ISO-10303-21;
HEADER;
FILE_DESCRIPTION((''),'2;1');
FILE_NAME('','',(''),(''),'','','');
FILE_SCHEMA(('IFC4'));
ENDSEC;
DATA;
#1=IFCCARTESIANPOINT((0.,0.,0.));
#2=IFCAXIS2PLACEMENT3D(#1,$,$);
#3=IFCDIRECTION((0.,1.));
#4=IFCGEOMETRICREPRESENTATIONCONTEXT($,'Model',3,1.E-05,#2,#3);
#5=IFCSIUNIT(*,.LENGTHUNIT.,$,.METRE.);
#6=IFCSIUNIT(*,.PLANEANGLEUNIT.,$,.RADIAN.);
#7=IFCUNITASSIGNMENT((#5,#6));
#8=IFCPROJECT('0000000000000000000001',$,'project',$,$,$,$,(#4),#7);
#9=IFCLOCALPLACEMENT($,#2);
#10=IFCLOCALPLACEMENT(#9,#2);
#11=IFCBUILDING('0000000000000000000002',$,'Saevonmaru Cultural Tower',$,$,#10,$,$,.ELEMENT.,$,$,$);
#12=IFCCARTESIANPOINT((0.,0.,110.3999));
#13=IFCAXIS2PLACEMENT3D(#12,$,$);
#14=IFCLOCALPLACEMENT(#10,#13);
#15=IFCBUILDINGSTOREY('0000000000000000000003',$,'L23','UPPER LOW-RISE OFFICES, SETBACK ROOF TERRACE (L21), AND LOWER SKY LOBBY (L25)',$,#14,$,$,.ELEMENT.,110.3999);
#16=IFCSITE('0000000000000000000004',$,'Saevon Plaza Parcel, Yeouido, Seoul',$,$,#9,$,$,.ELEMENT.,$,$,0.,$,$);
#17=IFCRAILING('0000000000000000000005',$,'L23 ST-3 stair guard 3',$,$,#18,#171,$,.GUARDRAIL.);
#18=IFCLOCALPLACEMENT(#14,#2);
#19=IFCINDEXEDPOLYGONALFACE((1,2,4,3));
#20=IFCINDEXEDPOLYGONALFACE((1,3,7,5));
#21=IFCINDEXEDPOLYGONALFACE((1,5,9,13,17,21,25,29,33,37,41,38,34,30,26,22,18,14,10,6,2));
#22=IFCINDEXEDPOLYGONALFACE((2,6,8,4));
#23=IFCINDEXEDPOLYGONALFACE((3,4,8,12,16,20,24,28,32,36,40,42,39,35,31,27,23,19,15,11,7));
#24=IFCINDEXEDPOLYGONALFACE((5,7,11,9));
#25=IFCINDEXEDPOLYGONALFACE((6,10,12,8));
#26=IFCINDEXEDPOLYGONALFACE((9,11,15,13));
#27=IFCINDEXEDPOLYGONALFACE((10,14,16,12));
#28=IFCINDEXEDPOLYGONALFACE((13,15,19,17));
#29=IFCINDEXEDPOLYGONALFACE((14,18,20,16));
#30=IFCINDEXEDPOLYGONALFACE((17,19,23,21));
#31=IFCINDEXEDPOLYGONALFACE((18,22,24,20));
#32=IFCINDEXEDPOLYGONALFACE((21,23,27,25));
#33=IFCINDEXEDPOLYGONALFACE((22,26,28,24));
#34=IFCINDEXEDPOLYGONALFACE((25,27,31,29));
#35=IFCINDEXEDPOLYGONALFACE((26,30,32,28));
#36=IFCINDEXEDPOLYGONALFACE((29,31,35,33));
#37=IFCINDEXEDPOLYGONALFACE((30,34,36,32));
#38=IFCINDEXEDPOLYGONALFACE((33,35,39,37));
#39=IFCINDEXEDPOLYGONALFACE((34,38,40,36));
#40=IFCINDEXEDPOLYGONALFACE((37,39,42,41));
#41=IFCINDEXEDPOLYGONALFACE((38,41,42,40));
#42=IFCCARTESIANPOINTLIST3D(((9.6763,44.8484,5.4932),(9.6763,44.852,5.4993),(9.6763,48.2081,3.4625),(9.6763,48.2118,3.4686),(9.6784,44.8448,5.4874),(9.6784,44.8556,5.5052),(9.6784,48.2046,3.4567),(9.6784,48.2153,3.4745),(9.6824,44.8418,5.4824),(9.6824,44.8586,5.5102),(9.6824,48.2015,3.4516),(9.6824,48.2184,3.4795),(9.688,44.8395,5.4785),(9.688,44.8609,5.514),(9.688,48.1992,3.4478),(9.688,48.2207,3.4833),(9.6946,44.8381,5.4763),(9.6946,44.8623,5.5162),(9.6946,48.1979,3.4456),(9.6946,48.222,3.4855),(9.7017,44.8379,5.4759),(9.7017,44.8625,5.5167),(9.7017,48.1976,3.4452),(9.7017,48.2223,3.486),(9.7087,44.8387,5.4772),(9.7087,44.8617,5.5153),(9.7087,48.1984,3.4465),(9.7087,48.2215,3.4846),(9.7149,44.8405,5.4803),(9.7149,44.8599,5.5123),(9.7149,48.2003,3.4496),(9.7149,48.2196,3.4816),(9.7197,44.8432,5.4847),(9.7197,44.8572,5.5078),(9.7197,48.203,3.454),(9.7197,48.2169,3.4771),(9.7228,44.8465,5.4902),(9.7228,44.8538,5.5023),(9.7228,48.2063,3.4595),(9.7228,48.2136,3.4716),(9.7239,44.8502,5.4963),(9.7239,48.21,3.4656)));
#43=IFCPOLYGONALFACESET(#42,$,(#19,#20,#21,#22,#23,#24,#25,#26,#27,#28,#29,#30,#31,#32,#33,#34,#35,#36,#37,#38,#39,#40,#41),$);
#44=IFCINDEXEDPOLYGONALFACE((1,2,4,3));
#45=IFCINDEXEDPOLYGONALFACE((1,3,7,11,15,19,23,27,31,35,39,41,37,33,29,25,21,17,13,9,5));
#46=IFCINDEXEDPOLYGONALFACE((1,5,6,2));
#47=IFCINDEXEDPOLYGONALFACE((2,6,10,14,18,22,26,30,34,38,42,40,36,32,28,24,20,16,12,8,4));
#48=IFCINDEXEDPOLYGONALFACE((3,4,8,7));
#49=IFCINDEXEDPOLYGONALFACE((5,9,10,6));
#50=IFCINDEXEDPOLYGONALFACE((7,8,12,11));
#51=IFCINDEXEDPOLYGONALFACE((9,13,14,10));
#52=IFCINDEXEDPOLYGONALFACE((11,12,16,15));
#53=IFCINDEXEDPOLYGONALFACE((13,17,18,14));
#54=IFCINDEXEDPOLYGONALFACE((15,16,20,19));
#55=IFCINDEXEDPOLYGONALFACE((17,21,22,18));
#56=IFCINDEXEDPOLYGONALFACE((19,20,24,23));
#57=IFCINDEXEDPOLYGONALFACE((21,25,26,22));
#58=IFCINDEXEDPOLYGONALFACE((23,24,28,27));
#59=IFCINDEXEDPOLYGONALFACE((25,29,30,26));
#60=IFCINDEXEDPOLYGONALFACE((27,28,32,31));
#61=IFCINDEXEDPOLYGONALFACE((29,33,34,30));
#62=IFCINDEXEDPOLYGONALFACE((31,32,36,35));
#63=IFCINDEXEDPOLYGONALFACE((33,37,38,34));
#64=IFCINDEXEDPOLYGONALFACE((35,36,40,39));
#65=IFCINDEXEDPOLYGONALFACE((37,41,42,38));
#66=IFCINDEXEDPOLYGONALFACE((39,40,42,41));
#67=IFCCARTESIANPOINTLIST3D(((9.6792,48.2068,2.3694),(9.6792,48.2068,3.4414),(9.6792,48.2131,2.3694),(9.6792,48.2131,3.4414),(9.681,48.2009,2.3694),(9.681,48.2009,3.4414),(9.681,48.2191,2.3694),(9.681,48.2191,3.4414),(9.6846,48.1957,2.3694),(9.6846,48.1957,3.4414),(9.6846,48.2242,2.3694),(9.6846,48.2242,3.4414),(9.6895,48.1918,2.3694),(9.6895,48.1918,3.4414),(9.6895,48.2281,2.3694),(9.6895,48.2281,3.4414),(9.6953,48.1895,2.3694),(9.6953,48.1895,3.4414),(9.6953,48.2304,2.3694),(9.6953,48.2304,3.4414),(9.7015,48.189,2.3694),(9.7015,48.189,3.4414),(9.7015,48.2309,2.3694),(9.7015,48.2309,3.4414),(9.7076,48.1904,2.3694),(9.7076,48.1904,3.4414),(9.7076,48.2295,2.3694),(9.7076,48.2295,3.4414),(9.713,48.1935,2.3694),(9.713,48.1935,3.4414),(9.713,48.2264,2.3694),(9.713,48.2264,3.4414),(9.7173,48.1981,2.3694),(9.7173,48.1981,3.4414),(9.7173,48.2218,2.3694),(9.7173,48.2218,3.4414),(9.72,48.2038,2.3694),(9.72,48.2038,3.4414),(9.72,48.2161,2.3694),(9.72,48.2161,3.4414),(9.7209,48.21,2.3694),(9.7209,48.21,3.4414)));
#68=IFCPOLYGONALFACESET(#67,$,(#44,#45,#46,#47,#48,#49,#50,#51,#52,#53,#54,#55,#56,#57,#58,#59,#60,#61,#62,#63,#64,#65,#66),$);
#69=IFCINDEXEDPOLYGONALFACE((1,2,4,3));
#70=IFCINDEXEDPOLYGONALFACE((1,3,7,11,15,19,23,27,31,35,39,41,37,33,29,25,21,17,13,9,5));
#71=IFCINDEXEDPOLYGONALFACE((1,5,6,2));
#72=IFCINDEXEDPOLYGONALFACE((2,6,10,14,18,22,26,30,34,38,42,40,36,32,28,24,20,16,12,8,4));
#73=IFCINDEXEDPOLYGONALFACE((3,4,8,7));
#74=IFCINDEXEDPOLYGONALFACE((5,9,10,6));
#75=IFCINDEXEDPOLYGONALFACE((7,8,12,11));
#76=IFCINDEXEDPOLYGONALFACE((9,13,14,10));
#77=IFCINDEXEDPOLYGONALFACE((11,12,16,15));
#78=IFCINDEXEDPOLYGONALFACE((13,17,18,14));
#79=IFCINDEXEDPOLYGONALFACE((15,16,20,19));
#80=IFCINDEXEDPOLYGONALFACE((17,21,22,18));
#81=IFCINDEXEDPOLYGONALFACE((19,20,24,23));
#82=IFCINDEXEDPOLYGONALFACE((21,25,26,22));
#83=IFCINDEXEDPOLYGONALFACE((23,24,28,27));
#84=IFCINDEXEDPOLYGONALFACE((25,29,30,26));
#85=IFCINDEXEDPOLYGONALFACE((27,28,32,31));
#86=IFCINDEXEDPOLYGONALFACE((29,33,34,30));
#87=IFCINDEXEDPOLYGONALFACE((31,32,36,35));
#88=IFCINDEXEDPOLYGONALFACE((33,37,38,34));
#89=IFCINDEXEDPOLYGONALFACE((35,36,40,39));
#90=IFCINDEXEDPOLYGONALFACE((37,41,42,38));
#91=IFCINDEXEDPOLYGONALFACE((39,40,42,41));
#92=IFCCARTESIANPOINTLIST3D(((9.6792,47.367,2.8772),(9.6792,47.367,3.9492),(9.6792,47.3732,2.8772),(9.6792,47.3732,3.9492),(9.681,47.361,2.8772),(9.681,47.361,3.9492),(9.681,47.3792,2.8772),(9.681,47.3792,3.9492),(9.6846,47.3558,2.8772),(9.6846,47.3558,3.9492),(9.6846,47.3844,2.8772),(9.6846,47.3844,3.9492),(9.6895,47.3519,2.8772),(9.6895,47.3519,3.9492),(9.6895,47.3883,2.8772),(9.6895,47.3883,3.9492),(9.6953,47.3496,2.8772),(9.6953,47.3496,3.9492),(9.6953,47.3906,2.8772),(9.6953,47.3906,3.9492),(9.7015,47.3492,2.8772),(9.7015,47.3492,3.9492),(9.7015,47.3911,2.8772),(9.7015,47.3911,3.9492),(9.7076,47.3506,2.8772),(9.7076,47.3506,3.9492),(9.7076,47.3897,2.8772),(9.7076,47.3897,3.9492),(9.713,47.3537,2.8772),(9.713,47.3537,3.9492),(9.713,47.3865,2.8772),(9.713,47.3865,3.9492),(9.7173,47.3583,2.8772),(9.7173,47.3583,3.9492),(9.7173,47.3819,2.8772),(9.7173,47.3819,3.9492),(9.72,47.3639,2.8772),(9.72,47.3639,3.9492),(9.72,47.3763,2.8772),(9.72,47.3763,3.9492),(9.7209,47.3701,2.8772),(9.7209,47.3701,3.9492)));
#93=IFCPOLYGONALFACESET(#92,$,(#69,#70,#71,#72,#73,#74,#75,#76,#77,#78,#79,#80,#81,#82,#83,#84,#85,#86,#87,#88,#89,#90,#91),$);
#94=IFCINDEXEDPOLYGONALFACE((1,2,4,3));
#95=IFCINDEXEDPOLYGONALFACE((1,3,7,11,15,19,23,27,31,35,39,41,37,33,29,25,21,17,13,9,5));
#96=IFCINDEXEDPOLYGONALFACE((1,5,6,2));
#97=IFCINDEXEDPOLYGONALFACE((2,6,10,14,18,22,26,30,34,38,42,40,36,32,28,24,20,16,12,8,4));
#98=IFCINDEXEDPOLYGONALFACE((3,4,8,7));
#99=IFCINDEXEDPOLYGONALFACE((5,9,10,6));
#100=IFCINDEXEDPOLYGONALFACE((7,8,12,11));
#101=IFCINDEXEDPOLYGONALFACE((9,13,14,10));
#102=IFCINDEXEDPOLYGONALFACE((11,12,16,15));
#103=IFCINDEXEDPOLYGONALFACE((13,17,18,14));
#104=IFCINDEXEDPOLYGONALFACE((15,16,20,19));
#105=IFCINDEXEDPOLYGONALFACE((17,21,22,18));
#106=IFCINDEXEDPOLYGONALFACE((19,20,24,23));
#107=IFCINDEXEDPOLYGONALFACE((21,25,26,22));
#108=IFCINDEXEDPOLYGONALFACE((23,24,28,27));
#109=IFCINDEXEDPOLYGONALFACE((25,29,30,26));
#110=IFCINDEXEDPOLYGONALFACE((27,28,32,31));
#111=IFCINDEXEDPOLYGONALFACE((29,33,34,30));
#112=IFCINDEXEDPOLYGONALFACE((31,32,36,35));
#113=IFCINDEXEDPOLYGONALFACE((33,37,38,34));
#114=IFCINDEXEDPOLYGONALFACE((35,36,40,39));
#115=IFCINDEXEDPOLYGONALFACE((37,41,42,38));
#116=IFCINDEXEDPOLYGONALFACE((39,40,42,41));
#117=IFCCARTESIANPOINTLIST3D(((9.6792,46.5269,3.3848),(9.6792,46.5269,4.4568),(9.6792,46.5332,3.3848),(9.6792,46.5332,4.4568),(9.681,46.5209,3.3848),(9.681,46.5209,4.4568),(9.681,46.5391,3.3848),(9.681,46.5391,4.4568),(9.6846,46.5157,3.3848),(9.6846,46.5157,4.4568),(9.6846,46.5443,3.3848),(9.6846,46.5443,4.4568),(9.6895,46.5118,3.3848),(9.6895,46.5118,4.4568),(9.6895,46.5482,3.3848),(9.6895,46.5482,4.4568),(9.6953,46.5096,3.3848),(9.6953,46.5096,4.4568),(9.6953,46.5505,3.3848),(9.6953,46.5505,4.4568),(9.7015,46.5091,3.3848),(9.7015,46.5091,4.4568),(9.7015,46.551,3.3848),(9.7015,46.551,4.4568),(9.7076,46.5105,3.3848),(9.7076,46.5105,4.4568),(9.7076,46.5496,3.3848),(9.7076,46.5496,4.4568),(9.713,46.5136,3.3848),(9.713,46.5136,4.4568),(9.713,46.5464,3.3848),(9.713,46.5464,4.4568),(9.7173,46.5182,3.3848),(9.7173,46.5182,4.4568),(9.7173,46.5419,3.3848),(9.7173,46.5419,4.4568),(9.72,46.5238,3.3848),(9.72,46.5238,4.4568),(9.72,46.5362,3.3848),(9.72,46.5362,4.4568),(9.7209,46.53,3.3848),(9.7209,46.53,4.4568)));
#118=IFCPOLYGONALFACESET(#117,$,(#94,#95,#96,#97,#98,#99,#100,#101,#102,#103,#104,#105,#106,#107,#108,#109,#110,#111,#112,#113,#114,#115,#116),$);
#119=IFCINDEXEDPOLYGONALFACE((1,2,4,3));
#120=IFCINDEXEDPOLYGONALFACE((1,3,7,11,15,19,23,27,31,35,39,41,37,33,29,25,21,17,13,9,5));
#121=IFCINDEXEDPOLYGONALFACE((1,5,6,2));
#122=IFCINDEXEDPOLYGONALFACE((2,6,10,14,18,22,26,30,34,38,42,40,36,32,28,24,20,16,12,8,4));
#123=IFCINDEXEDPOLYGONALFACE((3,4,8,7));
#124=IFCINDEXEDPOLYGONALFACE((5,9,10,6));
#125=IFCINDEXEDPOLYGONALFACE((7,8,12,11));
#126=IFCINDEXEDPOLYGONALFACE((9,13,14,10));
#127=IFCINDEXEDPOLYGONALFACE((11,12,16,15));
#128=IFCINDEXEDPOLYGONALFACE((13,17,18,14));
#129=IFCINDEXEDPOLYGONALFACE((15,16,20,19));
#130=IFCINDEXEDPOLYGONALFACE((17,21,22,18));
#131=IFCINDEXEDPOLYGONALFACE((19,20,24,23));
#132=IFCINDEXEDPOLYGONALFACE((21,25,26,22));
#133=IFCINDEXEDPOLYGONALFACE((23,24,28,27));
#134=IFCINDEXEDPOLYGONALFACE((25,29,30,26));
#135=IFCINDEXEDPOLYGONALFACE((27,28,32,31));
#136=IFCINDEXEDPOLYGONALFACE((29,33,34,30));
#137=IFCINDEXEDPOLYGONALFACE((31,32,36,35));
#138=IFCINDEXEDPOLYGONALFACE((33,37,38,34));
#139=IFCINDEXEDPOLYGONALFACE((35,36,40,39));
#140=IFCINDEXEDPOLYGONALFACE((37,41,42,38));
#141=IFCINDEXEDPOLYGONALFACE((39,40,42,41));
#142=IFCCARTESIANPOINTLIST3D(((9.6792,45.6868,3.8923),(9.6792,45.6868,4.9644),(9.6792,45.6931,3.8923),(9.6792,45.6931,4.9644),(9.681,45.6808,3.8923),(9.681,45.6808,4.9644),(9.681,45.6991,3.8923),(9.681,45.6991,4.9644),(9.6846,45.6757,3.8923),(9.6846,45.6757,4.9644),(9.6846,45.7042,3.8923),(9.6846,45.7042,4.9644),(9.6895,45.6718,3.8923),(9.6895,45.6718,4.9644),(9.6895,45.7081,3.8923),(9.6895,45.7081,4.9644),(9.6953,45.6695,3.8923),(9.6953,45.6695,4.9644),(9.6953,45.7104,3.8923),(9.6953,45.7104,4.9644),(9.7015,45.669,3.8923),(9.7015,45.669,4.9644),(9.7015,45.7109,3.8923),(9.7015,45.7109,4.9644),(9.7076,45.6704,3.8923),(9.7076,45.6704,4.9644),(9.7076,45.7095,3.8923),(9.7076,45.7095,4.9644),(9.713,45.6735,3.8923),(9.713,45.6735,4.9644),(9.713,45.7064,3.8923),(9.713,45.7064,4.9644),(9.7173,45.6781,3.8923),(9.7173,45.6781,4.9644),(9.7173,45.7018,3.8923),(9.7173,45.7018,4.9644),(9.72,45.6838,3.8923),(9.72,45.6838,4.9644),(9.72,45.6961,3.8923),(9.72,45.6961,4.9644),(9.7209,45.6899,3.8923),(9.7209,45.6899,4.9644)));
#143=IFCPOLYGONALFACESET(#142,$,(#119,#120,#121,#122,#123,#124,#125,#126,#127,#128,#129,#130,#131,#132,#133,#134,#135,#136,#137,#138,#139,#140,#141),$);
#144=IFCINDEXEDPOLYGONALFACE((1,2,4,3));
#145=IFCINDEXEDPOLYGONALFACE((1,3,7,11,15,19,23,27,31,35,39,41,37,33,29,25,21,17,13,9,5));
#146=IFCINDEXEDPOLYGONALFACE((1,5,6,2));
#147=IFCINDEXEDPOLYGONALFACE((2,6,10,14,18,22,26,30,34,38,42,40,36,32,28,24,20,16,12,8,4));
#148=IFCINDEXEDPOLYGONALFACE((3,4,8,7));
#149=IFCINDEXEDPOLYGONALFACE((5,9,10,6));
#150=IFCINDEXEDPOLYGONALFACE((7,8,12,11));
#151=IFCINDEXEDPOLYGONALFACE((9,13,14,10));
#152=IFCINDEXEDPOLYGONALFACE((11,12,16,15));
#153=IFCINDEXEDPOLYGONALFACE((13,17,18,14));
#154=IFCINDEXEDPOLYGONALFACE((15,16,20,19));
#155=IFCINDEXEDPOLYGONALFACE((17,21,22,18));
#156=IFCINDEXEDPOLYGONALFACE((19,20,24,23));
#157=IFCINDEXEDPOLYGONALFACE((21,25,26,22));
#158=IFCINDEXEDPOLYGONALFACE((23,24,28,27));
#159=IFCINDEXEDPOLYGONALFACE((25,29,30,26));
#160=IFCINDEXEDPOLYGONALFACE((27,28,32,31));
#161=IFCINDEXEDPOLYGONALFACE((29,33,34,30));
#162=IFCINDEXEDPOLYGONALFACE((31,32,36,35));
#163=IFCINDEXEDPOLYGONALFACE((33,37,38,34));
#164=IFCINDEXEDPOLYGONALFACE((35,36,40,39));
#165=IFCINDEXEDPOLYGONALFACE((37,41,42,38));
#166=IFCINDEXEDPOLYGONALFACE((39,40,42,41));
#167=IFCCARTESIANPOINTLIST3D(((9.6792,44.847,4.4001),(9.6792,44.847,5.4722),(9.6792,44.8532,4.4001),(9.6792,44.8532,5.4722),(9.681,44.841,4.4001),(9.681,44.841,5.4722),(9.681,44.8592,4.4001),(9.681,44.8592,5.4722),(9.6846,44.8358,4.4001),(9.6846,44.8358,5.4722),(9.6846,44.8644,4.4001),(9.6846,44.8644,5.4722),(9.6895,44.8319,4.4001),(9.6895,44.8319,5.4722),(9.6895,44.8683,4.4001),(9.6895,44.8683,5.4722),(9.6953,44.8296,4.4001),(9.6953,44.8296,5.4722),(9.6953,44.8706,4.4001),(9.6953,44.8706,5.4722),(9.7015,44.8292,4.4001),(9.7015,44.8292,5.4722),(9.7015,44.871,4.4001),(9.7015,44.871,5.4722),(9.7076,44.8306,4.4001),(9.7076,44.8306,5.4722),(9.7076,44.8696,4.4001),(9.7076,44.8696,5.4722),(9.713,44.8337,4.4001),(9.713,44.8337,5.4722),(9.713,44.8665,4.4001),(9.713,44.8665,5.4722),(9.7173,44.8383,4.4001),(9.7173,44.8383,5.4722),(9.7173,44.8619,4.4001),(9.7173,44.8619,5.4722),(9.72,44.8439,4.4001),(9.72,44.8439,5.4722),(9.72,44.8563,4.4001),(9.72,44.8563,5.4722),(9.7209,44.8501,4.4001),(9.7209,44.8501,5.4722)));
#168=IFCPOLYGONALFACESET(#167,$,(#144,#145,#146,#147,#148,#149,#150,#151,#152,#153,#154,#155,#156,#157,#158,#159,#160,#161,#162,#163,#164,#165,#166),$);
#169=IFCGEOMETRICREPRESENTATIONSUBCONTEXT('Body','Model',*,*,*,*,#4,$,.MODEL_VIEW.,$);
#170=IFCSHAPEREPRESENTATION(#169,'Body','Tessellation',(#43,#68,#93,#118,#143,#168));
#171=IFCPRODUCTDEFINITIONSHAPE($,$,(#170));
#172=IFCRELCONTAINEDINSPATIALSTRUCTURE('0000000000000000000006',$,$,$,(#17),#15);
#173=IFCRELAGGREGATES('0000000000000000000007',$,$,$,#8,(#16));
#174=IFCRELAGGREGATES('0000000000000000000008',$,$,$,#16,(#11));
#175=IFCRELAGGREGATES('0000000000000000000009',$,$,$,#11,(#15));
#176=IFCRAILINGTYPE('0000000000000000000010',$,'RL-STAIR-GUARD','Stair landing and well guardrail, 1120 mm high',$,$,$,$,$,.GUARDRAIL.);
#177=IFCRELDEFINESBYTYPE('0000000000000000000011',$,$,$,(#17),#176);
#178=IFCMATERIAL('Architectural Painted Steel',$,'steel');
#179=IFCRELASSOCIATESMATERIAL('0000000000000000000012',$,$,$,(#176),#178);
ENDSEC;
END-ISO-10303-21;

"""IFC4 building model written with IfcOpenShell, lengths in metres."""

from ifc_helpers import new_model, si_unit, direction, frame, origin, origin_2d, place, context, subcontext, project, spatial, circle, extrude, material, type_object, element, save


model = new_model("IFC4")

# Units and contexts
model_context = context("Model", 3, precision=1e-05, world=origin(), true_north=direction((0.0, 1.0)))
body_context = subcontext(model_context, "Body", "Model", "MODEL_VIEW")
ifc_project = project(units=[si_unit("LENGTHUNIT", "METRE"), si_unit("PLANEANGLEUNIT", "RADIAN")], contexts=[model_context])

# Site, building, storey
site_placement = place(None, origin())
site = spatial("IfcSite", under=ifc_project, at=site_placement, Name="Saevon Plaza Parcel, Yeouido, Seoul", CompositionType="ELEMENT", RefElevation=0.0)
building_placement = place(site_placement, origin())
building = spatial("IfcBuilding", under=site, at=building_placement, Name="Saevonmaru Cultural Tower", CompositionType="ELEMENT")
storey_placement = place(building_placement, frame((0.0, 0.0, 110.3999)))
storey = spatial("IfcBuildingStorey", under=building, at=storey_placement, Name="L23", Description="UPPER LOW-RISE OFFICES, SETBACK ROOF TERRACE (L21), AND LOWER SKY LOBBY (L25)", CompositionType="ELEMENT", Elevation=110.3999)

# Railing
ifc_material_1 = material(Name="Architectural Painted Steel", Category="steel")
railing_type_1 = type_object("IfcRailingType", Name="RL-STAIR-GUARD", Description="Stair landing and well guardrail, 1120 mm high", PredefinedType="GUARDRAIL", material=ifc_material_1)
railing_1_placement = place(storey_placement, frame((9.7, 48.21, 2.3694)))
element("IfcRailing", 1, at=railing_1_placement, inside=storey, type_object=railing_type_1, Name="L23 ST-3 stair guard 3", PredefinedType="GUARDRAIL", context=body_context, shape_type="SweptSolid", body=[
    extrude(circle(Radius=0.0239, at=origin_2d()), frame((0.0, 0.0, 1.0962), z_axis=(0.0, -0.85582, 0.517273), x_axis=(1.0, 0.0, 0.0)), (0.0, 0.0, 1.0), 3.9258),
    extrude(circle(Radius=0.021, at=origin_2d()), origin(), (0.0, 0.0, 1.0), 1.072),
    extrude(circle(Radius=0.021, at=origin_2d()), frame((0.0, -0.8398, 0.5078)), (0.0, 0.0, 1.0), 1.072),
    extrude(circle(Radius=0.021, at=origin_2d()), frame((0.0, -1.6799, 1.0154)), (0.0, 0.0, 1.0), 1.072),
    extrude(circle(Radius=0.021, at=origin_2d()), frame((0.0, -2.52, 1.5229)), (0.0, 0.0, 1.0), 1.072),
    extrude(circle(Radius=0.021, at=origin_2d()), frame((0.0, -3.3599, 2.0308)), (0.0, 0.0, 1.0), 1.072),
])

save(model, "model.ifc")
